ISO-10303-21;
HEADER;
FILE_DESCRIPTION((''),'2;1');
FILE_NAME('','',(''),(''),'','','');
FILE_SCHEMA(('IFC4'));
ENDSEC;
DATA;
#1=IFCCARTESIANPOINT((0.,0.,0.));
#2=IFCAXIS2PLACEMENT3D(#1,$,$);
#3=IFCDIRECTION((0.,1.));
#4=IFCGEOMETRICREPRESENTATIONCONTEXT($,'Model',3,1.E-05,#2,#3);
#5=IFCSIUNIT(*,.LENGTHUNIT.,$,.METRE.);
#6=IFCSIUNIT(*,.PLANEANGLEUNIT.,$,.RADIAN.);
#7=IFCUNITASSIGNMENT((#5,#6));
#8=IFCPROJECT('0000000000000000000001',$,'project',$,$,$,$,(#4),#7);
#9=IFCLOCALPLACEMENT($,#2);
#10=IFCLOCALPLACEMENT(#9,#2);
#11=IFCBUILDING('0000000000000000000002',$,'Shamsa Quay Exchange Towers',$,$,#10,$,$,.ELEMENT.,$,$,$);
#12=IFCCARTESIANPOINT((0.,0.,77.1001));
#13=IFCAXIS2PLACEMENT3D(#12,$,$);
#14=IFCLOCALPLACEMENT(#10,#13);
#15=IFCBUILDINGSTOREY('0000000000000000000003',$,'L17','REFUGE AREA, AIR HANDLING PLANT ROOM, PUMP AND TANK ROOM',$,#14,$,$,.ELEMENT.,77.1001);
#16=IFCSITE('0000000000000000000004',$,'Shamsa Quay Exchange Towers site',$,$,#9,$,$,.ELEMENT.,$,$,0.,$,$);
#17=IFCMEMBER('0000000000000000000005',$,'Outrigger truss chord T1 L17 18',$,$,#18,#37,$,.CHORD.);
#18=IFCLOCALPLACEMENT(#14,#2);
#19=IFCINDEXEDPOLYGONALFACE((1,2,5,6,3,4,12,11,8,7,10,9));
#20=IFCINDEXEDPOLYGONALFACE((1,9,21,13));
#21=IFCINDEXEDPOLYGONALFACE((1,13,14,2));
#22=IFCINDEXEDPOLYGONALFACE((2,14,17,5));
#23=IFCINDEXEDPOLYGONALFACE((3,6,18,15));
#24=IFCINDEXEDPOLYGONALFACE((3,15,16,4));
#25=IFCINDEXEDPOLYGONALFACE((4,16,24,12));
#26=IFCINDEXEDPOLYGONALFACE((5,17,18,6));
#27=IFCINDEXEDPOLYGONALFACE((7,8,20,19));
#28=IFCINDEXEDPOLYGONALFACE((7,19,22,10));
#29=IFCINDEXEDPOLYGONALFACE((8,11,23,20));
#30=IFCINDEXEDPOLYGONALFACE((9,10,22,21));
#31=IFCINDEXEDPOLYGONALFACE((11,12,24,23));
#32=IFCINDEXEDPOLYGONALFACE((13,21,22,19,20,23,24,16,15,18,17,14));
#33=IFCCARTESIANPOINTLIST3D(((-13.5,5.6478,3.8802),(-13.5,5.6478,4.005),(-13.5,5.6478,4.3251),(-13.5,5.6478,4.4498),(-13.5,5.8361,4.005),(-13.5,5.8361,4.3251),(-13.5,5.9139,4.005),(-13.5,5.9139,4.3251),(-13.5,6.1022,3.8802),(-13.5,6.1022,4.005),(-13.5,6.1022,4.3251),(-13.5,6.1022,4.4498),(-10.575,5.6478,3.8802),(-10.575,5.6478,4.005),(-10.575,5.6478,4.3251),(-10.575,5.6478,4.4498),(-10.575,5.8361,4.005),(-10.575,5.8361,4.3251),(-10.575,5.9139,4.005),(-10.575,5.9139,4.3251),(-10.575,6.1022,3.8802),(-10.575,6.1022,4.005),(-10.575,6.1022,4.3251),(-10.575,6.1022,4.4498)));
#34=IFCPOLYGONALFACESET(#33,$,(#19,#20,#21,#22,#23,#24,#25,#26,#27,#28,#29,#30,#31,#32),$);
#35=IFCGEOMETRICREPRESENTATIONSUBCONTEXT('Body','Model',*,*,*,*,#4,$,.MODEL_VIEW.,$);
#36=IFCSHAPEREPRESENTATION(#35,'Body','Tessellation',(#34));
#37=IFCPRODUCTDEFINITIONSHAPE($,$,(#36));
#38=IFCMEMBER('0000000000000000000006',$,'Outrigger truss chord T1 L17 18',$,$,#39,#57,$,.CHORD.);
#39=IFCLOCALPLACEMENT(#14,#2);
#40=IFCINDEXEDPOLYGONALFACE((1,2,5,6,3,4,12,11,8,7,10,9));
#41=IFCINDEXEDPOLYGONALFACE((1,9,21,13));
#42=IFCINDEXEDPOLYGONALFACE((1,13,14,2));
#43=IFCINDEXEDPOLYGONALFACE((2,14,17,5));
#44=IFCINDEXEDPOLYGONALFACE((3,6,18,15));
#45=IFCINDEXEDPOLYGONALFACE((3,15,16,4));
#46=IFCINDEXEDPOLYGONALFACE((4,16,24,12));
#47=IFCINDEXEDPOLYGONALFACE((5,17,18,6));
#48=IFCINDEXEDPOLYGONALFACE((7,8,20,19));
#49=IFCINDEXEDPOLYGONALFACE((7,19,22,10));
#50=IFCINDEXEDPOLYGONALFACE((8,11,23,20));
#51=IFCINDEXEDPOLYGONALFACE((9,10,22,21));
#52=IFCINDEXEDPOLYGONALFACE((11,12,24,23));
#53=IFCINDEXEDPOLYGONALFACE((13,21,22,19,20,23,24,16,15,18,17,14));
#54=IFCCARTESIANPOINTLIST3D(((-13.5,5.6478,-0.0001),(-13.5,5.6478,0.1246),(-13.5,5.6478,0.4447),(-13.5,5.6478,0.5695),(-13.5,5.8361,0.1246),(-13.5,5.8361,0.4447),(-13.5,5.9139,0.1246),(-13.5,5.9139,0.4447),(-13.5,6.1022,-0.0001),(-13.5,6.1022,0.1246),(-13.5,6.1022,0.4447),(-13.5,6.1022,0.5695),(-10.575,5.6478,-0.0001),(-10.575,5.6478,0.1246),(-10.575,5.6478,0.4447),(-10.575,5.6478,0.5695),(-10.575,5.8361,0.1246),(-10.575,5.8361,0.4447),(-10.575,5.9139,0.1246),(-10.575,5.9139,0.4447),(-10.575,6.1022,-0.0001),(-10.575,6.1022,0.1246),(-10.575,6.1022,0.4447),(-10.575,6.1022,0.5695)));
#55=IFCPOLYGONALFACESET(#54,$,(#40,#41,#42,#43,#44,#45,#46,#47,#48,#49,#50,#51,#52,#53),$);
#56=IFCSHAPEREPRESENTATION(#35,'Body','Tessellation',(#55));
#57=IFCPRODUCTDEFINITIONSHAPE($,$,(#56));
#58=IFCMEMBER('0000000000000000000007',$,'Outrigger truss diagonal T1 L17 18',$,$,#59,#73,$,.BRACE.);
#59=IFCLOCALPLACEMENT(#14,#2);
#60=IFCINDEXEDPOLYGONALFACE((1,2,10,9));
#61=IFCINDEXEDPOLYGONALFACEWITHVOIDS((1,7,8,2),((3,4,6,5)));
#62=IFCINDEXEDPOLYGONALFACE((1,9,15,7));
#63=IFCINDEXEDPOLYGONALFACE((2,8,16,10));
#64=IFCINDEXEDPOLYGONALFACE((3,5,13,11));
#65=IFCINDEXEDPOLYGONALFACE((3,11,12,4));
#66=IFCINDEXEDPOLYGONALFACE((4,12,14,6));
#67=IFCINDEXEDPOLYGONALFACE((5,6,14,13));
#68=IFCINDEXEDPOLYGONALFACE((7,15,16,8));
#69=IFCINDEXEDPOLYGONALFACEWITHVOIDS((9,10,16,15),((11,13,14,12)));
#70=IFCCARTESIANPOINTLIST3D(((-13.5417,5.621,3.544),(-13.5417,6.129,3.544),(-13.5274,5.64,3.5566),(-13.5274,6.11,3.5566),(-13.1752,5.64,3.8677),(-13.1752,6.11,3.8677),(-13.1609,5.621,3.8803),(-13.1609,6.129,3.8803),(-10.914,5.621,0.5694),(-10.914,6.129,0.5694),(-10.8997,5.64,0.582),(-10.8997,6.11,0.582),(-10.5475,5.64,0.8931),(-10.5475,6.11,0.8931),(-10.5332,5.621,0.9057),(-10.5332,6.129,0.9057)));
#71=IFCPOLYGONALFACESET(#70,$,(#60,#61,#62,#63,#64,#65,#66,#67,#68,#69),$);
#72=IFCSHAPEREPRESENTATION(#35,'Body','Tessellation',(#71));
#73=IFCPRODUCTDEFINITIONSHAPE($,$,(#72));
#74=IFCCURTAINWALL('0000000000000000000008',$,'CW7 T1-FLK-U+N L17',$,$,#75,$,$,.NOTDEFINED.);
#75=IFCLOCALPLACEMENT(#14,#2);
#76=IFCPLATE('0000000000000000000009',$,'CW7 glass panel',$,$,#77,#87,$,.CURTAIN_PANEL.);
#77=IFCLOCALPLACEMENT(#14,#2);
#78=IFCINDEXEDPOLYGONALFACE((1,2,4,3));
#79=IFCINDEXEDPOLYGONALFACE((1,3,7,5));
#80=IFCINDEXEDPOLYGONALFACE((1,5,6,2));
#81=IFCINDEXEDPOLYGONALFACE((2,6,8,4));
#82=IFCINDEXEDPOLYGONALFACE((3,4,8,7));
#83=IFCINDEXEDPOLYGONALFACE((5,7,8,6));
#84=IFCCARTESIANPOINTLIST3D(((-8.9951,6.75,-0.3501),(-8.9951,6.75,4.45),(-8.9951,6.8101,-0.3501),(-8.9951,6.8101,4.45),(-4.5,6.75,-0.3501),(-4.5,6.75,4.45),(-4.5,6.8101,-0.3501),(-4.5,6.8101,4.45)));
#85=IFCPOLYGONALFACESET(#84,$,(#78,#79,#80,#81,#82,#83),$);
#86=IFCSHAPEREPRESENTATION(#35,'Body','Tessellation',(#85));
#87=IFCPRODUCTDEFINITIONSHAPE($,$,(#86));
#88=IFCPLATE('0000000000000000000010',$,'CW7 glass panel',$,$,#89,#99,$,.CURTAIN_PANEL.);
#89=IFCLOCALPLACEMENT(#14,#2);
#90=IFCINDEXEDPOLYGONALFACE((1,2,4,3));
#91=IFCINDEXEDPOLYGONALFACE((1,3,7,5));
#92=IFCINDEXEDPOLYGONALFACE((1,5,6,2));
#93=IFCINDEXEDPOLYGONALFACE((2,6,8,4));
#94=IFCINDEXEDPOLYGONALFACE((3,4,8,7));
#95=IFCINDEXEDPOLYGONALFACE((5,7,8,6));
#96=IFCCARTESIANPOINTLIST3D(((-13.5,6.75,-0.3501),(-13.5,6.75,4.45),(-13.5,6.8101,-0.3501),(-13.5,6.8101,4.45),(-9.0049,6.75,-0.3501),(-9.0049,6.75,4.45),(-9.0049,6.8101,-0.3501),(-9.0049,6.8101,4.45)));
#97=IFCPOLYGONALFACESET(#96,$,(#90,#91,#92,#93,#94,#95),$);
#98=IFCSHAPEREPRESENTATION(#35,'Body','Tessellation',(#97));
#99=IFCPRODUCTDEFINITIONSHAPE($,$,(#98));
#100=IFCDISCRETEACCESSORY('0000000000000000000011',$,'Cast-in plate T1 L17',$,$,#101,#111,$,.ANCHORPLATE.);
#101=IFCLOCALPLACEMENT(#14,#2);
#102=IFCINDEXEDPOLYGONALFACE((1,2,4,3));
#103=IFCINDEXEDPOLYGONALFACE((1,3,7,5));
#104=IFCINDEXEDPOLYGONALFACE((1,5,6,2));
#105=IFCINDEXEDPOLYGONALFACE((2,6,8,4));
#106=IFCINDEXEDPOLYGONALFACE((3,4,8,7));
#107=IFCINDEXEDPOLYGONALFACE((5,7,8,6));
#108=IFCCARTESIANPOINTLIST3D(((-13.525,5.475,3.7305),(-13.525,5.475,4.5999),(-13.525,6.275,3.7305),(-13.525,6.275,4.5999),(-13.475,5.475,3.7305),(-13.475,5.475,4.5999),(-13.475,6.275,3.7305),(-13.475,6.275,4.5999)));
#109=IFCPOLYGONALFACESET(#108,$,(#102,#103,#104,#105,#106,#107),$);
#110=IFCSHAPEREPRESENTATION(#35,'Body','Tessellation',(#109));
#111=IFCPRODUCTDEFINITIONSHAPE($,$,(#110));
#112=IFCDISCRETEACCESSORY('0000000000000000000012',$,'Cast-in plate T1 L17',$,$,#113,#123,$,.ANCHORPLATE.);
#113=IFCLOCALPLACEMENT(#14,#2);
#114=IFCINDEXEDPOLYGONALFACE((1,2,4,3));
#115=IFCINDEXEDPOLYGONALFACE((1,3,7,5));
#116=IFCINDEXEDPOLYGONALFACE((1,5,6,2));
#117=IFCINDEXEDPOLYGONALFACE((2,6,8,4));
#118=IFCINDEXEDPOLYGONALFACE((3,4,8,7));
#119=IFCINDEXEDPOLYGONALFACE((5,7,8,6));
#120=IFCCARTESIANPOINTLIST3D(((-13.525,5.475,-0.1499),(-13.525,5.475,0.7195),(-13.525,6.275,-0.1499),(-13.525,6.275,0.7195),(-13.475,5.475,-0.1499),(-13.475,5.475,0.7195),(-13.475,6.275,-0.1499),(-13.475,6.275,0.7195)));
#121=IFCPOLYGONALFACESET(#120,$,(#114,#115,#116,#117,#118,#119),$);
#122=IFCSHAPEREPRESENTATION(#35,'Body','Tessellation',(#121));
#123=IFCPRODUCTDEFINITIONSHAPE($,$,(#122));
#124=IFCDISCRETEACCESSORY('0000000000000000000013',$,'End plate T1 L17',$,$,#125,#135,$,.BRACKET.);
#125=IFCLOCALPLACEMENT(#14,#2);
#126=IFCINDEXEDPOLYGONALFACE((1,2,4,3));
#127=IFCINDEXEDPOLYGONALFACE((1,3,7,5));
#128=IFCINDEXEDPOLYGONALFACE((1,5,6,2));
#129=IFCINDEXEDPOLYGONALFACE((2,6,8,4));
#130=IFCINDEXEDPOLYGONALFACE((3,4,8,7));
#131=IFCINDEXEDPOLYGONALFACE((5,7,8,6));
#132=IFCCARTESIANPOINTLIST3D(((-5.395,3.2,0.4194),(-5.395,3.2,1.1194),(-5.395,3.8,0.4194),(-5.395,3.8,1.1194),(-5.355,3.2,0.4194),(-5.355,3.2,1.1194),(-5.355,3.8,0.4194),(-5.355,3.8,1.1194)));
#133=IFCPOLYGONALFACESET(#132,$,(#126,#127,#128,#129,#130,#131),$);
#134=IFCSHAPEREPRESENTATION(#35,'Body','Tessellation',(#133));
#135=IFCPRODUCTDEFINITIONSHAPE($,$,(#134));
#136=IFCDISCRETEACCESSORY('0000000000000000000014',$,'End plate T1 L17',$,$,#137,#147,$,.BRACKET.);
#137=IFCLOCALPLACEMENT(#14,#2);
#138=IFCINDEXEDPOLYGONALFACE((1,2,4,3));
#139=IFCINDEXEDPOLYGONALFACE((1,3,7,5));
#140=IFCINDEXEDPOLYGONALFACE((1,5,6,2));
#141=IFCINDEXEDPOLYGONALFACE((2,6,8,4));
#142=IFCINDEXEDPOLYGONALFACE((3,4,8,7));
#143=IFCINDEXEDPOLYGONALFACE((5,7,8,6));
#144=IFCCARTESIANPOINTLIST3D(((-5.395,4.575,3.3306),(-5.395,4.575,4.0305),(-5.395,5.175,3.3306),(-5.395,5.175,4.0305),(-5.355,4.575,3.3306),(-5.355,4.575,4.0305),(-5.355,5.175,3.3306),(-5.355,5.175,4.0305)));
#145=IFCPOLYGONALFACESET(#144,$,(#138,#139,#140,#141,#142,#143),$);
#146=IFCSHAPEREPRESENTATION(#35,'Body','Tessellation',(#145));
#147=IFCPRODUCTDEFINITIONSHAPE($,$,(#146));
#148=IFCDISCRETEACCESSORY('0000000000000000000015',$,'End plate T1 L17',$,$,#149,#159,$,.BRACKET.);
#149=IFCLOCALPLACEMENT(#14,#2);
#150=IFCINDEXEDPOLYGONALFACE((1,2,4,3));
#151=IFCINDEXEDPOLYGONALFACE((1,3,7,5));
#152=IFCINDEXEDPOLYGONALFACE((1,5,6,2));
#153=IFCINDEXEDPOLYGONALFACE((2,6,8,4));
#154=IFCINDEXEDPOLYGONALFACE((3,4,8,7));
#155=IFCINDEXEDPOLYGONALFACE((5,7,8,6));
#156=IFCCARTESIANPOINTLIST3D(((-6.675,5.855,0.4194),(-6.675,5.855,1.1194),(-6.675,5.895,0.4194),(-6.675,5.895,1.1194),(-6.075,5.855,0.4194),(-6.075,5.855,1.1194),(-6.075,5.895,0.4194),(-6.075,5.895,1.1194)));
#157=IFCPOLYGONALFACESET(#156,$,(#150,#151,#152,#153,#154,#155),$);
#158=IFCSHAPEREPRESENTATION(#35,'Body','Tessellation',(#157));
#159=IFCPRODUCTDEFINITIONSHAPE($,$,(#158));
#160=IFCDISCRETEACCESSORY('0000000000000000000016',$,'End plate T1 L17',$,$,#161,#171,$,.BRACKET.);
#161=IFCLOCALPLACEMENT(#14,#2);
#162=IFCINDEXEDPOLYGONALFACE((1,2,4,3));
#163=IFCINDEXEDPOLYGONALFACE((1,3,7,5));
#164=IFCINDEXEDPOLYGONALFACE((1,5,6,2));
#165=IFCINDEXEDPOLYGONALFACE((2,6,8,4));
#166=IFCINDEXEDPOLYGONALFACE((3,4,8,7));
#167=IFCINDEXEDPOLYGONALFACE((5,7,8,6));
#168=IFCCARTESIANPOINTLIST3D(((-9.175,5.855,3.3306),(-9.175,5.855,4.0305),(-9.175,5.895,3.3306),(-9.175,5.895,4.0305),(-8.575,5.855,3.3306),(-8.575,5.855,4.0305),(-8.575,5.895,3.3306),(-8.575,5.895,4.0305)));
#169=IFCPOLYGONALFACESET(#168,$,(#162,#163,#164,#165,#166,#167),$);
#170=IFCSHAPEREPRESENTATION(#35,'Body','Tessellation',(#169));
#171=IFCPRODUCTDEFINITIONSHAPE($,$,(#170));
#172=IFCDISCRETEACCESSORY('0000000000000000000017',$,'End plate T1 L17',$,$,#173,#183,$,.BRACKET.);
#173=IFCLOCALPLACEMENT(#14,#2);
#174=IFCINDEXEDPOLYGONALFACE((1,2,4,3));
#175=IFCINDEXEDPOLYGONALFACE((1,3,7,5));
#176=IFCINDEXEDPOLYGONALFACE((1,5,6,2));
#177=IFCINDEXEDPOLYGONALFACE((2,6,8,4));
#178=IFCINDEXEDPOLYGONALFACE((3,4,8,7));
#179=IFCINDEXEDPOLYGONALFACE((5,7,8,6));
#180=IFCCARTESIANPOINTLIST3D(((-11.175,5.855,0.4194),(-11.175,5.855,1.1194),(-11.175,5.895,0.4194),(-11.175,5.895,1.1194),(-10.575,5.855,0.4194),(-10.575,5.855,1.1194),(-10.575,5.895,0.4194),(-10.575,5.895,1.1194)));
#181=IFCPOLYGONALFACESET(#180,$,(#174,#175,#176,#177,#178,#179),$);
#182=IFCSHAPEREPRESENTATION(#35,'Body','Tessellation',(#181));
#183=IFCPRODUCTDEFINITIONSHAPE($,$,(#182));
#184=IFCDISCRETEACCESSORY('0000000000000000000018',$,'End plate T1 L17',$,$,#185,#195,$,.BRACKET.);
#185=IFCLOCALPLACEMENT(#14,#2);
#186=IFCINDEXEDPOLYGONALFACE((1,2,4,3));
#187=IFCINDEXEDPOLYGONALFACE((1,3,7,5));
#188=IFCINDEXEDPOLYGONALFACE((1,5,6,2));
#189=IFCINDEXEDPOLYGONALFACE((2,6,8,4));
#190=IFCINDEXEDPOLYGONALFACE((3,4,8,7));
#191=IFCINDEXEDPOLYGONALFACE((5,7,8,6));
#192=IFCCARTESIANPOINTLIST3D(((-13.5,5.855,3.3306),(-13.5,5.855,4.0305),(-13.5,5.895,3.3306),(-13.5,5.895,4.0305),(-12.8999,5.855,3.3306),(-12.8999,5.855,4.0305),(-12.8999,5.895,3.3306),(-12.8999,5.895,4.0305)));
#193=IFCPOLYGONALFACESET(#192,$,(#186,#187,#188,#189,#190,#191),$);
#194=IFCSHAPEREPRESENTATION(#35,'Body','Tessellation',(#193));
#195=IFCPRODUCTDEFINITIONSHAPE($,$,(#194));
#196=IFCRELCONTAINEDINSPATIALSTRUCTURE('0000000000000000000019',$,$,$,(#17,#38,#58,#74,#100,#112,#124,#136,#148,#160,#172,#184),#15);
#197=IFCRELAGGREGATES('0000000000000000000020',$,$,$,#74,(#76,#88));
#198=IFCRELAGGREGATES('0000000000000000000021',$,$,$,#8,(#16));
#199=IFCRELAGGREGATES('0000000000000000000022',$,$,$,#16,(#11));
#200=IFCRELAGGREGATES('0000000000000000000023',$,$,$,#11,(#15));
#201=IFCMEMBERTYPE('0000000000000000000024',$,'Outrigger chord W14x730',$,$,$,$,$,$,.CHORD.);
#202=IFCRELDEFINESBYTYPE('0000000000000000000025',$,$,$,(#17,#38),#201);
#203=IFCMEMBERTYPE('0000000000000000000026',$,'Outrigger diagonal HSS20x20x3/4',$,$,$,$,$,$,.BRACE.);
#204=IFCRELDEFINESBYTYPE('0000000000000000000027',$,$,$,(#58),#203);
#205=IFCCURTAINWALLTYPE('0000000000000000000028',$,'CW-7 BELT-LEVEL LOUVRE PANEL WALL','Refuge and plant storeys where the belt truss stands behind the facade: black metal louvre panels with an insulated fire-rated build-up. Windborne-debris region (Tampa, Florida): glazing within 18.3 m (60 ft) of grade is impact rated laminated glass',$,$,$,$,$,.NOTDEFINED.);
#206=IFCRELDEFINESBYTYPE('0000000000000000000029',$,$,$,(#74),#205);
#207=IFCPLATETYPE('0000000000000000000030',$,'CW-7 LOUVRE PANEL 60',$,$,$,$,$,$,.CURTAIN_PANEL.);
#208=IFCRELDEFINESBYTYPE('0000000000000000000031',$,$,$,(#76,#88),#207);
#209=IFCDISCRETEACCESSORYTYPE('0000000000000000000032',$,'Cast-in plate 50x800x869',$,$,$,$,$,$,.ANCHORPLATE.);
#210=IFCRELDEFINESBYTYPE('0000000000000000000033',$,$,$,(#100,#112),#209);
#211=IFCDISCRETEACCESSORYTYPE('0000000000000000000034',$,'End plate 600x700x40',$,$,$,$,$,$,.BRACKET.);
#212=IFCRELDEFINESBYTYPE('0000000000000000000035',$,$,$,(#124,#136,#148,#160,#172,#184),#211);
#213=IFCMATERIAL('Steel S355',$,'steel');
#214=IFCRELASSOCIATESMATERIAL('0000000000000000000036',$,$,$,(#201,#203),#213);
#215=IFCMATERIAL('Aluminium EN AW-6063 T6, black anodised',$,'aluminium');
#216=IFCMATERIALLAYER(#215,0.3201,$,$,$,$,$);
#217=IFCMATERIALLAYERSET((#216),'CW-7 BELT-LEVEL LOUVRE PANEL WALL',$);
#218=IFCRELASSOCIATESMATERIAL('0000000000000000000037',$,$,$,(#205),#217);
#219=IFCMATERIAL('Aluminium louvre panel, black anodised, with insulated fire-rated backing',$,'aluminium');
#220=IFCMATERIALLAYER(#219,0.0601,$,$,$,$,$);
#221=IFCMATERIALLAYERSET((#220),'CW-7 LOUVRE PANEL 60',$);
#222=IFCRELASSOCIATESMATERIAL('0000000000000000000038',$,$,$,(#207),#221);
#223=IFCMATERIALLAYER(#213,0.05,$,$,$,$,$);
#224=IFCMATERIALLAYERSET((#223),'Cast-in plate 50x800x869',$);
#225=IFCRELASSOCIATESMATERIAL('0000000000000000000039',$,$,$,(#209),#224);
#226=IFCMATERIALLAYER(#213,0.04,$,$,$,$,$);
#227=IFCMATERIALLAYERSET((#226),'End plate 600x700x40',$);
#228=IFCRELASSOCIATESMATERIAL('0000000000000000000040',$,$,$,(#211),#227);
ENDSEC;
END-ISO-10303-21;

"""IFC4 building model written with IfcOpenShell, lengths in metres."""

from ifc_helpers import new_model, si_unit, direction, frame, origin, origin_2d, place, context, subcontext, project, spatial, rectangle, hollow_rectangle, i_section, extrude, material, layer, layer_set, material_profile, profile_set, type_object, element, aggregate, save


model = new_model("IFC4")

# Units and contexts
model_context = context("Model", 3, precision=1e-05, world=origin(), true_north=direction((0.0, 1.0)))
body_context = subcontext(model_context, "Body", "Model", "MODEL_VIEW")
ifc_project = project(units=[si_unit("LENGTHUNIT", "METRE"), si_unit("PLANEANGLEUNIT", "RADIAN")], contexts=[model_context])

# Site, building, storey
site_placement = place(None, origin())
site = spatial("IfcSite", under=ifc_project, at=site_placement, Name="Shamsa Quay Exchange Towers site", CompositionType="ELEMENT", RefElevation=0.0)
building_placement = place(site_placement, origin())
building = spatial("IfcBuilding", under=site, at=building_placement, Name="Shamsa Quay Exchange Towers", CompositionType="ELEMENT")
storey_placement = place(building_placement, frame((0.0, 0.0, 77.1001)))
storey = spatial("IfcBuildingStorey", under=building, at=storey_placement, Name="L17", Description="REFUGE AREA, AIR HANDLING PLANT ROOM, PUMP AND TANK ROOM", CompositionType="ELEMENT", Elevation=77.1001)

# Members
ifc_material_1 = material(Name="Steel S355", Category="steel")
ifc_material_profile_1 = material_profile(ifc_material_1, i_section(OverallWidth=0.4543, OverallDepth=0.5696, WebThickness=0.0779, FlangeThickness=0.1248, at=origin_2d()), Name="W14x730")
ifc_profile_set_1 = profile_set([ifc_material_profile_1], Name="Steel S355")
member_type_1 = type_object("IfcMemberType", Name="Outrigger chord W14x730", PredefinedType="CHORD", material=ifc_profile_set_1)
for number, where, z_axis, x_axis, name in (
    (1, (-10.575, 5.875, 4.165), (-1.0, 0.0, 0.0), (0.0, -1.0, 0.0), "Outrigger truss chord T1 L17 18"),
    (2, (-10.575, 5.875, 0.2847), (-1.0, 0.0, 0.0), (0.0, -1.0, 0.0), "Outrigger truss chord T1 L17 18"),
):
    element("IfcMember", number, at=place(storey_placement, frame(where, z_axis=z_axis, x_axis=x_axis)), inside=storey, type_object=member_type_1, Name=name, PredefinedType="CHORD", context=body_context, shape_type="SweptSolid", body=[
        extrude(i_section(OverallWidth=0.4543, OverallDepth=0.5696, WebThickness=0.0779, FlangeThickness=0.1248, at=origin_2d()), origin(), (0.0, 0.0, 1.0), 2.925),
    ])
ifc_material_profile_2 = material_profile(ifc_material_1, hollow_rectangle(XDim=0.5081, YDim=0.5081, WallThickness=0.019, at=origin_2d()), Name="HSS20x20x3/4")
ifc_profile_set_2 = profile_set([ifc_material_profile_2], Name="Steel S355")
member_type_2 = type_object("IfcMemberType", Name="Outrigger diagonal HSS20x20x3/4", PredefinedType="BRACE", material=ifc_profile_set_2)
member_1_placement = place(storey_placement, frame((-10.7236, 5.875, 0.7375), z_axis=(-0.662051, 0.0, 0.749459), x_axis=(0.0, -1.0, 0.0)))
element("IfcMember", 3, at=member_1_placement, inside=storey, type_object=member_type_2, Name="Outrigger truss diagonal T1 L17 18", PredefinedType="BRACE", context=body_context, shape_type="SweptSolid", body=[
    extrude(hollow_rectangle(XDim=0.5081, YDim=0.5081, WallThickness=0.019, at=origin_2d()), origin(), (0.0, 0.0, 1.0), 3.969),
])

# Curtain wall, plates
ifc_material_2 = material(Name="Aluminium EN AW-6063 T6, black anodised", Category="aluminium")
ifc_layer_1 = layer(ifc_material_2, 0.3201)
ifc_layer_set_1 = layer_set([ifc_layer_1], Name="CW-7 BELT-LEVEL LOUVRE PANEL WALL")
curtain_wall_type = type_object("IfcCurtainWallType", Name="CW-7 BELT-LEVEL LOUVRE PANEL WALL", Description="Refuge and plant storeys where the belt truss stands behind the facade: black metal louvre panels with an insulated fire-rated build-up. Windborne-debris region (Tampa, Florida): glazing within 18.3 m (60 ft) of grade is impact rated laminated glass", PredefinedType="NOTDEFINED", material=ifc_layer_set_1)
curtain_wall_placement = place(storey_placement, origin())
curtain_wall = element("IfcCurtainWall", 4, at=curtain_wall_placement, inside=storey, type_object=curtain_wall_type, Name="CW7 T1-FLK-U+N L17", PredefinedType="NOTDEFINED")
ifc_material_3 = material(Name="Aluminium louvre panel, black anodised, with insulated fire-rated backing", Category="aluminium")
ifc_layer_2 = layer(ifc_material_3, 0.0601)
ifc_layer_set_2 = layer_set([ifc_layer_2], Name="CW-7 LOUVRE PANEL 60")
plate_type = type_object("IfcPlateType", Name="CW-7 LOUVRE PANEL 60", PredefinedType="CURTAIN_PANEL", material=ifc_layer_set_2)
plate_1_placement = place(storey_placement, frame((-6.7476, 6.78, -0.3501), z_axis=(0.0, 0.0, 1.0), x_axis=(-1.0, 0.0, 0.0)))
plate_1 = element("IfcPlate", 5, at=plate_1_placement, type_object=plate_type, Name="CW7 glass panel", PredefinedType="CURTAIN_PANEL", context=body_context, shape_type="SweptSolid", body=[
    extrude(rectangle(XDim=4.4951, YDim=0.0601, at=origin_2d()), origin(), (0.0, 0.0, 1.0), 4.8),
])
plate_2_placement = place(storey_placement, frame((-11.2524, 6.78, -0.3501), z_axis=(0.0, 0.0, 1.0), x_axis=(-1.0, 0.0, 0.0)))
plate_2 = element("IfcPlate", 6, at=plate_2_placement, type_object=plate_type, Name="CW7 glass panel", PredefinedType="CURTAIN_PANEL", context=body_context, shape_type="SweptSolid", body=[
    extrude(rectangle(XDim=4.4951, YDim=0.0601, at=origin_2d()), origin(), (0.0, 0.0, 1.0), 4.8),
])
aggregate(curtain_wall, [plate_1, plate_2])

# Discrete accessories
ifc_layer_3 = layer(ifc_material_1, 0.05)
ifc_layer_set_3 = layer_set([ifc_layer_3], Name="Cast-in plate 50x800x869")
discrete_accessory_type_1 = type_object("IfcDiscreteAccessoryType", Name="Cast-in plate 50x800x869", PredefinedType="ANCHORPLATE", material=ifc_layer_set_3)
for number, where, z_axis, x_axis, name in (
    (7, (-13.5, 5.875, 3.7305), (0.0, 0.0, 1.0), (-1.0, 0.0, 0.0), "Cast-in plate T1 L17"),
    (8, (-13.5, 5.875, -0.1499), (0.0, 0.0, 1.0), (-1.0, 0.0, 0.0), "Cast-in plate T1 L17"),
):
    element("IfcDiscreteAccessory", number, at=place(storey_placement, frame(where, z_axis=z_axis, x_axis=x_axis)), inside=storey, type_object=discrete_accessory_type_1, Name=name, PredefinedType="ANCHORPLATE", context=body_context, shape_type="SweptSolid", body=[
        extrude(rectangle(XDim=0.05, YDim=0.8, at=origin_2d()), origin(), (0.0, 0.0, 1.0), 0.8694),
    ])
ifc_layer_4 = layer(ifc_material_1, 0.04)
ifc_layer_set_4 = layer_set([ifc_layer_4], Name="End plate 600x700x40")
discrete_accessory_type_2 = type_object("IfcDiscreteAccessoryType", Name="End plate 600x700x40", PredefinedType="BRACKET", material=ifc_layer_set_4)
for number, where, z_axis, x_axis, name in (
    (9, (-5.375, 3.5, 0.4194), (0.0, 0.0, 1.0), (0.0, 1.0, 0.0), "End plate T1 L17"),
    (10, (-5.375, 4.875, 3.3306), (0.0, 0.0, 1.0), (0.0, 1.0, 0.0), "End plate T1 L17"),
    (11, (-6.375, 5.875, 0.4194), (0.0, 0.0, 1.0), (-1.0, 0.0, 0.0), "End plate T1 L17"),
    (12, (-8.875, 5.875, 3.3306), (0.0, 0.0, 1.0), (-1.0, 0.0, 0.0), "End plate T1 L17"),
    (13, (-10.875, 5.875, 0.4194), (0.0, 0.0, 1.0), (-1.0, 0.0, 0.0), "End plate T1 L17"),
    (14, (-13.2, 5.875, 3.3306), (0.0, 0.0, 1.0), (-1.0, 0.0, 0.0), "End plate T1 L17"),
):
    element("IfcDiscreteAccessory", number, at=place(storey_placement, frame(where, z_axis=z_axis, x_axis=x_axis)), inside=storey, type_object=discrete_accessory_type_2, Name=name, PredefinedType="BRACKET", context=body_context, shape_type="SweptSolid", body=[
        extrude(rectangle(XDim=0.6001, YDim=0.04, at=origin_2d()), origin(), (0.0, 0.0, 1.0), 0.7),
    ])

save(model, "model.ifc")
